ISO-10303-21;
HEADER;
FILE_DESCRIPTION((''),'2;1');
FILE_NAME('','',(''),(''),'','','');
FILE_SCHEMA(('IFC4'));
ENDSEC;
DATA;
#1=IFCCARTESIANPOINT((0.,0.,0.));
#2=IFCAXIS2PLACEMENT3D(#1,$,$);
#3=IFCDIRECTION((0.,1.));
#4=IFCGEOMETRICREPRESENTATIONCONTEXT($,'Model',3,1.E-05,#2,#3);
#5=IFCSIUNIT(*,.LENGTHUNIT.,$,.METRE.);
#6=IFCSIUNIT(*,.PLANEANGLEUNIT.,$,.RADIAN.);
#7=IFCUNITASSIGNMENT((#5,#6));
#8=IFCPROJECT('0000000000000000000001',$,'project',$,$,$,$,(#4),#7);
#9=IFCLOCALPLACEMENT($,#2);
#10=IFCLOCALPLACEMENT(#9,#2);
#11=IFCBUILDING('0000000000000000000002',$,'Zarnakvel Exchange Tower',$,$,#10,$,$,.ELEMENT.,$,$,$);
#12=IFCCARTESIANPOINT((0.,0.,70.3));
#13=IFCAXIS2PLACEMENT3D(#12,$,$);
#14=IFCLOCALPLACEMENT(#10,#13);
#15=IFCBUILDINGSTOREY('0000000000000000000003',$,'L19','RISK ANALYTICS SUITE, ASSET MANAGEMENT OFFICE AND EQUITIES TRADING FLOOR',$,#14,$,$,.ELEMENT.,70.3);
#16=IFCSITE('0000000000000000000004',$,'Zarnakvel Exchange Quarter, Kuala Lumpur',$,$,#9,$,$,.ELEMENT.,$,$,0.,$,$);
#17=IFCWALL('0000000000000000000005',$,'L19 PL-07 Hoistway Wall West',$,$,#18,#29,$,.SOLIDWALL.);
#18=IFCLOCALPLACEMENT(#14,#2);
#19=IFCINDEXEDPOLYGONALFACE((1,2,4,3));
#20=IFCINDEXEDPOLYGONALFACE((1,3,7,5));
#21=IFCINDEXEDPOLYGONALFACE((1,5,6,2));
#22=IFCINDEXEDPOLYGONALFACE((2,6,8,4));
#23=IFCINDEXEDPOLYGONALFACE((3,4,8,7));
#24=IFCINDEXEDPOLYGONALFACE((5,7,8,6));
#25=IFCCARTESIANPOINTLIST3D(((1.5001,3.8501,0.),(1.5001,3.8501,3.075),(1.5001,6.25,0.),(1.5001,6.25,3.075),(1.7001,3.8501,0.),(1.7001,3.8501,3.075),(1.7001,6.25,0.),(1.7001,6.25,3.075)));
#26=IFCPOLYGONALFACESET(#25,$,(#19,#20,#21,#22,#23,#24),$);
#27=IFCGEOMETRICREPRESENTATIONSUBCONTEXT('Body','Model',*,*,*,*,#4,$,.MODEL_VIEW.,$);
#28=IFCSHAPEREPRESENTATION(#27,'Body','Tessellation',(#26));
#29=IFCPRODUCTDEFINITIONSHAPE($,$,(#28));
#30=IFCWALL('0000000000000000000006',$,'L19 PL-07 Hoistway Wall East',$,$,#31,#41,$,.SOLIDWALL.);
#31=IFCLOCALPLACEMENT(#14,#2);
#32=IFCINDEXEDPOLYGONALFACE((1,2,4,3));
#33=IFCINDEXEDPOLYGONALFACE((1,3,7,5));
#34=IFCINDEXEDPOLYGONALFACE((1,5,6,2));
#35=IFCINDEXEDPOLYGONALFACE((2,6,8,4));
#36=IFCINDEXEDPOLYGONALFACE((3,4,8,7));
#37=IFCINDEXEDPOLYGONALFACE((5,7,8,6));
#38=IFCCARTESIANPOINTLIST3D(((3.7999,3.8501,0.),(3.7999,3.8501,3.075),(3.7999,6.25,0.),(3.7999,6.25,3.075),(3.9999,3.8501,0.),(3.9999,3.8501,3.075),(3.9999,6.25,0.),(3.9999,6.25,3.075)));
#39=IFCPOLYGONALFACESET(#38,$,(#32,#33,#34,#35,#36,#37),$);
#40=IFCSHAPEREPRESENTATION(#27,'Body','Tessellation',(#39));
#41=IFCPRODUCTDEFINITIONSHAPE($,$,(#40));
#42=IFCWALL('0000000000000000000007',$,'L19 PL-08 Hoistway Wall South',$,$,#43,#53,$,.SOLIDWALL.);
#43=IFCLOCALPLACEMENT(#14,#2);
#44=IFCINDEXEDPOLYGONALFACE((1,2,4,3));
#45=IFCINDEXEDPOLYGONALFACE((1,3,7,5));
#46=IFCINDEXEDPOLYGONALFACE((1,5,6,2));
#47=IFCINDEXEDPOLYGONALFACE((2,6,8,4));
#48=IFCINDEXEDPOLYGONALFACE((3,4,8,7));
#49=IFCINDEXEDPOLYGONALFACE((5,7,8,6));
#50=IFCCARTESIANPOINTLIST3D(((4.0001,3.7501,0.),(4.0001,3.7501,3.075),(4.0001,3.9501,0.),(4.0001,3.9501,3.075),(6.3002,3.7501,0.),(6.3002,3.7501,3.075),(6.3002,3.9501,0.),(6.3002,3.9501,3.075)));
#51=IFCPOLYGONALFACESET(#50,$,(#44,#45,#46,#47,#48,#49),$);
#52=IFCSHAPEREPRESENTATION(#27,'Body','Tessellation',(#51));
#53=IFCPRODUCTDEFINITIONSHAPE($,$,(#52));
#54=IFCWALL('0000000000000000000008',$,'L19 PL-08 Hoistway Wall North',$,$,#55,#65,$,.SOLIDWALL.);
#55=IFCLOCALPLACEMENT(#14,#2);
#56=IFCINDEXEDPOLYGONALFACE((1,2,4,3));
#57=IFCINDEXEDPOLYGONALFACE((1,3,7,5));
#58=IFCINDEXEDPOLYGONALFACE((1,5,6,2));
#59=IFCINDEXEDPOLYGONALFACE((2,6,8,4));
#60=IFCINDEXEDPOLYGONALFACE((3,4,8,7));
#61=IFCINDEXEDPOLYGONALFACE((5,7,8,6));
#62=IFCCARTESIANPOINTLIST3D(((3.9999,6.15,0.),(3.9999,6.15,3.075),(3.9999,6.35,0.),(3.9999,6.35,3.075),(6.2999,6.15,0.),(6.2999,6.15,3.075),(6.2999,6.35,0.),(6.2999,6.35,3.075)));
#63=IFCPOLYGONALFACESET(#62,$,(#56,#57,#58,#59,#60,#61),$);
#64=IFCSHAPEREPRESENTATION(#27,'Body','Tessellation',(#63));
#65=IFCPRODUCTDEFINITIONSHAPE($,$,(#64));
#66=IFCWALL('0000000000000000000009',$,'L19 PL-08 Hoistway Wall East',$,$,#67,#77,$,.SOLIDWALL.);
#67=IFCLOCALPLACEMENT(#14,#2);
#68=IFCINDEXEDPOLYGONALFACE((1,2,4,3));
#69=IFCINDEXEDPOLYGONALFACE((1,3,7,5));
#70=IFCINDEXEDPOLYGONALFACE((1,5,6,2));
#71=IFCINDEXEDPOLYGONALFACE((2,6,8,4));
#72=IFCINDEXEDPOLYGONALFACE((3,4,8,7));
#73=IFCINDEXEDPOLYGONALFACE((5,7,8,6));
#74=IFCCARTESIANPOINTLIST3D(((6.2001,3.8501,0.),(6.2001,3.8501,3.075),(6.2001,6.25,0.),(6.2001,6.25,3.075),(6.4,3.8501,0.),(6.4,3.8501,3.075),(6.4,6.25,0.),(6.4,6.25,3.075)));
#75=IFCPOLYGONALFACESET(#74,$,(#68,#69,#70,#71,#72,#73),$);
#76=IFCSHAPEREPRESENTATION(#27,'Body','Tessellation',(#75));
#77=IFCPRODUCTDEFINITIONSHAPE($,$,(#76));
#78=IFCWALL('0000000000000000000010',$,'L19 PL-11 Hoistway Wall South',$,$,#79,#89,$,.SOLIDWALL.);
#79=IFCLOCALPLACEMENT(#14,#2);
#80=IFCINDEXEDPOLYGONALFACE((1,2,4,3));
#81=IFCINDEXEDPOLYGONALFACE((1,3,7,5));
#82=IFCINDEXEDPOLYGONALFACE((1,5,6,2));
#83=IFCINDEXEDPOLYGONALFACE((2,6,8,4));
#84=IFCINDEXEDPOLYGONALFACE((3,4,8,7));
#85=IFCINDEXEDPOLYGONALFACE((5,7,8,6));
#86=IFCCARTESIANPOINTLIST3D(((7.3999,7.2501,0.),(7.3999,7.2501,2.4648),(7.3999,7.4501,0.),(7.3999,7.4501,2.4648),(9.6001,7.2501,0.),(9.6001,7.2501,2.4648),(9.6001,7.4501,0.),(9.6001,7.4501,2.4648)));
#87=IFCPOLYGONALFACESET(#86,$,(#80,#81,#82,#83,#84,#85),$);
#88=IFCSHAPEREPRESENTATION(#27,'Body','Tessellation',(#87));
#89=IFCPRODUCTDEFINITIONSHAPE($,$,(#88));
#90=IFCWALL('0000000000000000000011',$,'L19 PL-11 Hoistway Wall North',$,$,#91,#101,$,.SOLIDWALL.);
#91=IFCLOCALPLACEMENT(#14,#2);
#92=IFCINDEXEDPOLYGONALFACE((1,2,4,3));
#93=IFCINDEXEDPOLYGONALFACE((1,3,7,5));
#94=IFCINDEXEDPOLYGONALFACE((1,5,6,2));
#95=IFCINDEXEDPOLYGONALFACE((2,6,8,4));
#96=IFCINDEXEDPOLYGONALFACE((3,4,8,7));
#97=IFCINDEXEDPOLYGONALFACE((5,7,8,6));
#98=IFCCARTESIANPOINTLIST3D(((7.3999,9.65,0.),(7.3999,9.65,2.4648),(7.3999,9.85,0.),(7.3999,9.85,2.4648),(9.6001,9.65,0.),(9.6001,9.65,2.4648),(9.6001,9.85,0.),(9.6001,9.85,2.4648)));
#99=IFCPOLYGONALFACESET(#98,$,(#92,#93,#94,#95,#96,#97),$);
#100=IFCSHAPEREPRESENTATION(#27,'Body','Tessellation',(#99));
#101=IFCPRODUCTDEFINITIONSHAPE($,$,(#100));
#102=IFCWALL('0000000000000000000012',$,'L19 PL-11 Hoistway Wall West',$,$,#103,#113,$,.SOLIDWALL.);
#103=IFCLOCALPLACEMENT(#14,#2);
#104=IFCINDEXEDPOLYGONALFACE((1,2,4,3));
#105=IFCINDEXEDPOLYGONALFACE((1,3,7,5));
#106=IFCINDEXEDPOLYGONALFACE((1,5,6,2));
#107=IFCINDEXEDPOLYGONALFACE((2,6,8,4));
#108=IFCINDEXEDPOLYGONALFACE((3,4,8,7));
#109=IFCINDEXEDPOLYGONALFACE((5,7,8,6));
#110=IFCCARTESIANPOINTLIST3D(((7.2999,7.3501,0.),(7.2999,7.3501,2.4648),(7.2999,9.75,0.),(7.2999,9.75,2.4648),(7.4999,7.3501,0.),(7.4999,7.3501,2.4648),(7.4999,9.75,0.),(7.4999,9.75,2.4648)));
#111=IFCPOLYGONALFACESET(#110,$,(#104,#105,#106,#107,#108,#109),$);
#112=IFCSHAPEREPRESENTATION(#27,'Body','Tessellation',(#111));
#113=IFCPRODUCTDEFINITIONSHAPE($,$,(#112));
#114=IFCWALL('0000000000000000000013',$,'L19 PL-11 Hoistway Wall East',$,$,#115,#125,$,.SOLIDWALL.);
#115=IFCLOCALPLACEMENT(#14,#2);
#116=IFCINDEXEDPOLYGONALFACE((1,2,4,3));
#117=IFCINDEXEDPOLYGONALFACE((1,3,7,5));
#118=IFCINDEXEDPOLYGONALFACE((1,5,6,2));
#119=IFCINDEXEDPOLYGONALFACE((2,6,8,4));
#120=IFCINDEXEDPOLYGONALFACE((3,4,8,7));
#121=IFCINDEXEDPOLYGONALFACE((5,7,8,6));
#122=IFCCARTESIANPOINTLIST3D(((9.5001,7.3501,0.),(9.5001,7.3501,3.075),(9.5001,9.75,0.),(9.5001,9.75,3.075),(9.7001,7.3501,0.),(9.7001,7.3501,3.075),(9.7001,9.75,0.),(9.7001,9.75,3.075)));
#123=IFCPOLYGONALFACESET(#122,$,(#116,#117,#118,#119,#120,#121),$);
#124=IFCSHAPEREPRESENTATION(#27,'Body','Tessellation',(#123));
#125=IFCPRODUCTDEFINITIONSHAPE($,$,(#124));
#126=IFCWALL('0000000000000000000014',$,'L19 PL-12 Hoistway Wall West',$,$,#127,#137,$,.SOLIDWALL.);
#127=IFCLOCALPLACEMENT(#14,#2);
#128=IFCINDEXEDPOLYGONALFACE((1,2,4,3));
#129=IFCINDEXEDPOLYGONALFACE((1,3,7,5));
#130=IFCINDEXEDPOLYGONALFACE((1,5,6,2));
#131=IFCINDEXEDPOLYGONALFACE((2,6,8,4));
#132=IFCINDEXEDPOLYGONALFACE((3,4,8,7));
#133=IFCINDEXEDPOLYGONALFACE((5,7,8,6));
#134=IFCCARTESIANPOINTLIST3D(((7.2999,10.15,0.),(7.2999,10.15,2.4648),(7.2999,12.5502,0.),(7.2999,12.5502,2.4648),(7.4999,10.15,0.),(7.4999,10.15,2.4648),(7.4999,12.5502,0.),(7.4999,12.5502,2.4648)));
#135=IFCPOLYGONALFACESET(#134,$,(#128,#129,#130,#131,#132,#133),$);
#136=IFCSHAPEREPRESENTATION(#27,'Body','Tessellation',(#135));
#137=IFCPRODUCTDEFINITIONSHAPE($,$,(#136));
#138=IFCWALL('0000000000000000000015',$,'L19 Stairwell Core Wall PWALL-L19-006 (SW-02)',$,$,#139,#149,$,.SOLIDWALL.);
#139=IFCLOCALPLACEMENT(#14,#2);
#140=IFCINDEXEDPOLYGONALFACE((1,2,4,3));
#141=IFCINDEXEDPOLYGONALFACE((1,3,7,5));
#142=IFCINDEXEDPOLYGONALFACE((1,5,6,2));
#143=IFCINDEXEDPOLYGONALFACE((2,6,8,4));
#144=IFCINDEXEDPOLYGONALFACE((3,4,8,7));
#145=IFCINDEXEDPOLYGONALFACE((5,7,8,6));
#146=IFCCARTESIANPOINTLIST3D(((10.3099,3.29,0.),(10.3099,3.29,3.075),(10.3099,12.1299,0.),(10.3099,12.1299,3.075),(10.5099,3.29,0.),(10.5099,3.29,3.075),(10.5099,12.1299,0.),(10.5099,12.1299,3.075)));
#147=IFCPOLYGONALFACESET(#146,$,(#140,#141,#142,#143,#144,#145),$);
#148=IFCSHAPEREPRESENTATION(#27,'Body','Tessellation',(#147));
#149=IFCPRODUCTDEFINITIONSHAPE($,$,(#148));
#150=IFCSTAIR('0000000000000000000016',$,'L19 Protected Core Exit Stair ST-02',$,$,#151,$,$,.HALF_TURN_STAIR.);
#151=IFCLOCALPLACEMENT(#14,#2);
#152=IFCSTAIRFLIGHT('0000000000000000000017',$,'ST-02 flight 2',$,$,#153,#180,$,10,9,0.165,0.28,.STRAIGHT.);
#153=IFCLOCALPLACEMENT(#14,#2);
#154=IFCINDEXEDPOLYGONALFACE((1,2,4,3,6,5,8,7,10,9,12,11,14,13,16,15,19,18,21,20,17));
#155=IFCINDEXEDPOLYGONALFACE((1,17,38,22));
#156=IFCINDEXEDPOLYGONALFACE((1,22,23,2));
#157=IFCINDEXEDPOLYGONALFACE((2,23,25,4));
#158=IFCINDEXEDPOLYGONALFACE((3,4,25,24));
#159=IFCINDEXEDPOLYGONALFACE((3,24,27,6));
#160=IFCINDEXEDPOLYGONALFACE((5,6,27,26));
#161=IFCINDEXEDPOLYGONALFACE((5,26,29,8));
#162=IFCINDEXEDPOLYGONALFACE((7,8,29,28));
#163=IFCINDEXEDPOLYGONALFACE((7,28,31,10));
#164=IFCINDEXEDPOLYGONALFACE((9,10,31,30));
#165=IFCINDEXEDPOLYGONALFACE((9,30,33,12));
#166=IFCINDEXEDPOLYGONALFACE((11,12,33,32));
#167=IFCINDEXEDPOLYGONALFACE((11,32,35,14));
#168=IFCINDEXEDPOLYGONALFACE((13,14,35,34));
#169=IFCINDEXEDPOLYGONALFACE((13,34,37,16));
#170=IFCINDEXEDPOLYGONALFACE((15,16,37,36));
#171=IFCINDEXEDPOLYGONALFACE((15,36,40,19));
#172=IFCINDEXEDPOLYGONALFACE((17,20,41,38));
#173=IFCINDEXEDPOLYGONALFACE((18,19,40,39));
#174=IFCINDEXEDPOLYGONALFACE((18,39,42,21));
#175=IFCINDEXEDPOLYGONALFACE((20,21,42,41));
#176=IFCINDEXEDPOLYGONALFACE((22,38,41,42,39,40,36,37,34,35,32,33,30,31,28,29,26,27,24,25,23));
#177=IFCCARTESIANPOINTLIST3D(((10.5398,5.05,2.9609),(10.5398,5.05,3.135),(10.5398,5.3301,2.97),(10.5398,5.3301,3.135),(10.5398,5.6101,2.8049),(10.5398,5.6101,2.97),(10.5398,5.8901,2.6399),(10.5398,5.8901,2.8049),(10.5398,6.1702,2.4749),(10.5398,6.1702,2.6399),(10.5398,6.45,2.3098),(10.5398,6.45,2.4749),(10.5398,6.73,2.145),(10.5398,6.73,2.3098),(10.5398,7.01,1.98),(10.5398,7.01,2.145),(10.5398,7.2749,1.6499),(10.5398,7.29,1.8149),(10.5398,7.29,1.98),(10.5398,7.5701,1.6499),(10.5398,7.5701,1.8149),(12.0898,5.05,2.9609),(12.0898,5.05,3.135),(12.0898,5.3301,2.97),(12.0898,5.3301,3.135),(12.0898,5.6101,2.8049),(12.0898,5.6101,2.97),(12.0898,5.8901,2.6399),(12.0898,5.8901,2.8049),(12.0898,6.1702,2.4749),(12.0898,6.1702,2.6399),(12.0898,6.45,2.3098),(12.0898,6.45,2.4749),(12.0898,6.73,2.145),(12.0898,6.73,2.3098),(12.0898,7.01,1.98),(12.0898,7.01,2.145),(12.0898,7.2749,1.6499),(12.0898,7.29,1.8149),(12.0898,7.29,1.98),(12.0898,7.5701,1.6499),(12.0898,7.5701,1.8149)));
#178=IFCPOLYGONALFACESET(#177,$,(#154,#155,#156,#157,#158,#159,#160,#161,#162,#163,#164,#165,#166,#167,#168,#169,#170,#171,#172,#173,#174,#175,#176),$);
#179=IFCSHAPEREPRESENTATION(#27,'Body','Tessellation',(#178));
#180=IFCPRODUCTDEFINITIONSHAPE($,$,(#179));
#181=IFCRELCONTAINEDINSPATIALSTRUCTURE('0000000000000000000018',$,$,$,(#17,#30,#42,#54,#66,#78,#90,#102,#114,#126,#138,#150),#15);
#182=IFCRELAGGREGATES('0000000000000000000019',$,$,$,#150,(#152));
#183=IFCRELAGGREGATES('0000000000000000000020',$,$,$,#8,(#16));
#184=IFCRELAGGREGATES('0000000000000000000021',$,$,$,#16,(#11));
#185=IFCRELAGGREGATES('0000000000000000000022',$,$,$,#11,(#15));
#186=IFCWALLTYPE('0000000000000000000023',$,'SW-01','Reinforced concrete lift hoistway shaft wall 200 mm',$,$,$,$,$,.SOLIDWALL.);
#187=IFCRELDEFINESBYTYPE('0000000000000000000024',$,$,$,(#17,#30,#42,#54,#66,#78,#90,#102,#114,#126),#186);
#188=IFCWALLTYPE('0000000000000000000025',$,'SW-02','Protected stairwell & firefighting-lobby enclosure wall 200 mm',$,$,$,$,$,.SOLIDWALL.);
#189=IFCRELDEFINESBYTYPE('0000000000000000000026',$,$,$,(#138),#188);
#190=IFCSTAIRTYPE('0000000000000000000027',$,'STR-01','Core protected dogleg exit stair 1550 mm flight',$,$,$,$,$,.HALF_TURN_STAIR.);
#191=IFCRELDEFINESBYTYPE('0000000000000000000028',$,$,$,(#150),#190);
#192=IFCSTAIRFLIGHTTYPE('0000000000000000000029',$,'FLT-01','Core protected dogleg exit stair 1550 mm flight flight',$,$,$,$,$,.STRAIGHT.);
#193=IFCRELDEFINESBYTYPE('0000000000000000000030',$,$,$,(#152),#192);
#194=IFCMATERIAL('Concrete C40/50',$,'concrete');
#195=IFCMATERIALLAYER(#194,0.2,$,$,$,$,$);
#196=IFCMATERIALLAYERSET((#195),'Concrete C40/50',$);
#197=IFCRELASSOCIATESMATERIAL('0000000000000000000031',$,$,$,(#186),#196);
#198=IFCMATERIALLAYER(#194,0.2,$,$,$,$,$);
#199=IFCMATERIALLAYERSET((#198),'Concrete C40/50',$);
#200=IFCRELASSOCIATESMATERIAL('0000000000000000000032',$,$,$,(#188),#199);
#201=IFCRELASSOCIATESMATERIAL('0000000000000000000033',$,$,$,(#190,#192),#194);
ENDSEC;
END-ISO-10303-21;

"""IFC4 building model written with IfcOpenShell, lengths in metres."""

from ifc_helpers import new_model, si_unit, direction, frame, frame_2d, origin, place, context, subcontext, project, spatial, polyline, rectangle, outline, extrude, material, layer, layer_set, type_object, element, aggregate, save


model = new_model("IFC4")

# Units and contexts
model_context = context("Model", 3, precision=1e-05, world=origin(), true_north=direction((0.0, 1.0)))
body_context = subcontext(model_context, "Body", "Model", "MODEL_VIEW")
ifc_project = project(units=[si_unit("LENGTHUNIT", "METRE"), si_unit("PLANEANGLEUNIT", "RADIAN")], contexts=[model_context])

# Site, building, storey
site_placement = place(None, origin())
site = spatial("IfcSite", under=ifc_project, at=site_placement, Name="Zarnakvel Exchange Quarter, Kuala Lumpur", CompositionType="ELEMENT", RefElevation=0.0)
building_placement = place(site_placement, origin())
building = spatial("IfcBuilding", under=site, at=building_placement, Name="Zarnakvel Exchange Tower", CompositionType="ELEMENT")
storey_placement = place(building_placement, frame((0.0, 0.0, 70.3)))
storey = spatial("IfcBuildingStorey", under=building, at=storey_placement, Name="L19", Description="RISK ANALYTICS SUITE, ASSET MANAGEMENT OFFICE AND EQUITIES TRADING FLOOR", CompositionType="ELEMENT", Elevation=70.3)

# Shared definitions
ifc_material_1 = material(Name="Concrete C40/50", Category="concrete")
ifc_layer_1 = layer(ifc_material_1, 0.2)
ifc_layer_set_1 = layer_set([ifc_layer_1], Name="Concrete C40/50")
wall_type_1 = type_object("IfcWallType", Name="SW-01", Description="Reinforced concrete lift hoistway shaft wall 200 mm", PredefinedType="SOLIDWALL", material=ifc_layer_set_1)

# Walls
for number, where, z_axis, x_axis, name in (
    (1, (1.6001, 3.8501, 0.0), (0.0, 0.0, 1.0), (0.0, 1.0, 0.0), "L19 PL-07 Hoistway Wall West"),
    (2, (3.8999, 6.25, 0.0), (0.0, 0.0, 1.0), (0.0, -1.0, 0.0), "L19 PL-07 Hoistway Wall East"),
):
    element("IfcWall", number, at=place(storey_placement, frame(where, z_axis=z_axis, x_axis=x_axis)), inside=storey, type_object=wall_type_1, Name=name, PredefinedType="SOLIDWALL", context=body_context, shape_type="SweptSolid", body=[
        extrude(rectangle(XDim=2.3999, YDim=0.2, at=frame_2d((1.2, 0.0))), origin(), (0.0, 0.0, 1.0), 3.075),
    ])
for number, where, z_axis, x_axis, name in (
    (3, (6.3, 3.8501, 0.0), (0.0, 0.0, 1.0), (-1.0, 0.0, 0.0), "L19 PL-08 Hoistway Wall South"),
    (4, (4.0, 6.25, 0.0), (0.0, 0.0, 1.0), (1.0, 0.0, 0.0), "L19 PL-08 Hoistway Wall North"),
):
    element("IfcWall", number, at=place(storey_placement, frame(where, z_axis=z_axis, x_axis=x_axis)), inside=storey, type_object=wall_type_1, Name=name, PredefinedType="SOLIDWALL", context=body_context, shape_type="SweptSolid", body=[
        extrude(rectangle(XDim=2.3, YDim=0.2, at=frame_2d((1.1499, 0.0))), origin(), (0.0, 0.0, 1.0), 3.075),
    ])
wall_1_placement = place(storey_placement, frame((6.3, 6.25, 0.0), z_axis=(0.0, 0.0, 1.0), x_axis=(0.0, -1.0, 0.0)))
element("IfcWall", 5, at=wall_1_placement, inside=storey, type_object=wall_type_1, Name="L19 PL-08 Hoistway Wall East", PredefinedType="SOLIDWALL", context=body_context, shape_type="SweptSolid", body=[
    extrude(rectangle(XDim=2.3999, YDim=0.2, at=frame_2d((1.2, 0.0))), origin(), (0.0, 0.0, 1.0), 3.075),
])
for number, where, z_axis, x_axis, name in (
    (6, (9.6001, 7.3501, 0.0), (0.0, 0.0, 1.0), (-1.0, 0.0, 0.0), "L19 PL-11 Hoistway Wall South"),
    (7, (7.3999, 9.75, 0.0), (0.0, 0.0, 1.0), (1.0, 0.0, 0.0), "L19 PL-11 Hoistway Wall North"),
):
    element("IfcWall", number, at=place(storey_placement, frame(where, z_axis=z_axis, x_axis=x_axis)), inside=storey, type_object=wall_type_1, Name=name, PredefinedType="SOLIDWALL", context=body_context, shape_type="SweptSolid", body=[
        extrude(rectangle(XDim=2.2002, YDim=0.2, at=frame_2d((1.1001, 0.0))), origin(), (0.0, 0.0, 1.0), 2.4648),
    ])
wall_2_placement = place(storey_placement, frame((7.3999, 7.3501, 0.0), z_axis=(0.0, 0.0, 1.0), x_axis=(0.0, 1.0, 0.0)))
element("IfcWall", 8, at=wall_2_placement, inside=storey, type_object=wall_type_1, Name="L19 PL-11 Hoistway Wall West", PredefinedType="SOLIDWALL", context=body_context, shape_type="SweptSolid", body=[
    extrude(rectangle(XDim=2.3999, YDim=0.2, at=frame_2d((1.2, 0.0))), origin(), (0.0, 0.0, 1.0), 2.4648),
])
wall_3_placement = place(storey_placement, frame((9.6001, 9.75, 0.0), z_axis=(0.0, 0.0, 1.0), x_axis=(0.0, -1.0, 0.0)))
element("IfcWall", 9, at=wall_3_placement, inside=storey, type_object=wall_type_1, Name="L19 PL-11 Hoistway Wall East", PredefinedType="SOLIDWALL", context=body_context, shape_type="SweptSolid", body=[
    extrude(rectangle(XDim=2.3999, YDim=0.2, at=frame_2d((1.2, 0.0))), origin(), (0.0, 0.0, 1.0), 3.075),
])
wall_4_placement = place(storey_placement, frame((7.3999, 10.1499, 0.0), z_axis=(0.0, 0.0, 1.0), x_axis=(0.0, 1.0, 0.0)))
element("IfcWall", 10, at=wall_4_placement, inside=storey, type_object=wall_type_1, Name="L19 PL-12 Hoistway Wall West", PredefinedType="SOLIDWALL", context=body_context, shape_type="SweptSolid", body=[
    extrude(rectangle(XDim=2.4001, YDim=0.2, at=frame_2d((1.2002, 0.0))), origin(), (0.0, 0.0, 1.0), 2.4648),
])
ifc_layer_2 = layer(ifc_material_1, 0.2)
ifc_layer_set_2 = layer_set([ifc_layer_2], Name="Concrete C40/50")
wall_type_2 = type_object("IfcWallType", Name="SW-02", Description="Protected stairwell & firefighting-lobby enclosure wall 200 mm", PredefinedType="SOLIDWALL", material=ifc_layer_set_2)
wall_5_placement = place(storey_placement, frame((10.4099, 3.29, 0.0), z_axis=(0.0, 0.0, 1.0), x_axis=(0.0, 1.0, 0.0)))
element("IfcWall", 11, at=wall_5_placement, inside=storey, type_object=wall_type_2, Name="L19 Stairwell Core Wall PWALL-L19-006 (SW-02)", PredefinedType="SOLIDWALL", context=body_context, shape_type="SweptSolid", body=[
    extrude(rectangle(XDim=8.8398, YDim=0.2, at=frame_2d((4.4199, 0.0))), origin(), (0.0, 0.0, 1.0), 3.075),
])

# Stair, stair flight
stair_type = type_object("IfcStairType", Name="STR-01", Description="Core protected dogleg exit stair 1550 mm flight", PredefinedType="HALF_TURN_STAIR", material=ifc_material_1)
stair_placement = place(storey_placement, origin())
stair = element("IfcStair", 12, at=stair_placement, inside=storey, type_object=stair_type, Name="L19 Protected Core Exit Stair ST-02", PredefinedType="HALF_TURN_STAIR")
stair_flight_type = type_object("IfcStairFlightType", Name="FLT-01", Description="Core protected dogleg exit stair 1550 mm flight flight", PredefinedType="STRAIGHT", material=ifc_material_1)
stair_flight_placement = place(storey_placement, frame((11.3149, 7.5701, 1.6499), z_axis=(0.0, 0.0, 1.0), x_axis=(0.0, -1.0, 0.0)))
stair_flight = element("IfcStairFlight", 13, at=stair_flight_placement, type_object=stair_flight_type, Name="ST-02 flight 2", NumberOfRisers=10, NumberOfTreads=9, PredefinedType="STRAIGHT", RiserHeight=0.165, TreadLength=0.28, context=body_context, shape_type="SweptSolid", body=[
    extrude(outline(polyline([(0.0, 0.0), (0.0, 0.165), (0.28, 0.165), (0.28, 0.3301), (0.5601, 0.3301), (0.5601, 0.4951), (0.8401, 0.4951), (0.8401, 0.6599), (1.1201, 0.6599), (1.1201, 0.825), (1.3999, 0.825), (1.3999, 0.99), (1.6799, 0.99), (1.6799, 1.155), (1.96, 1.155), (1.96, 1.3201), (2.24, 1.3201), (2.24, 1.4851), (2.52, 1.4851), (2.52, 1.6499), (2.52, 1.311), (0.2952, 0.0), (0.0, 0.0)])), frame((0.0, 0.7749, 0.0), z_axis=(0.0, -1.0, 0.0), x_axis=(1.0, 0.0, 0.0)), (0.0, 0.0, 1.0), 1.55),
])
aggregate(stair, [stair_flight])

save(model, "model.ifc")
